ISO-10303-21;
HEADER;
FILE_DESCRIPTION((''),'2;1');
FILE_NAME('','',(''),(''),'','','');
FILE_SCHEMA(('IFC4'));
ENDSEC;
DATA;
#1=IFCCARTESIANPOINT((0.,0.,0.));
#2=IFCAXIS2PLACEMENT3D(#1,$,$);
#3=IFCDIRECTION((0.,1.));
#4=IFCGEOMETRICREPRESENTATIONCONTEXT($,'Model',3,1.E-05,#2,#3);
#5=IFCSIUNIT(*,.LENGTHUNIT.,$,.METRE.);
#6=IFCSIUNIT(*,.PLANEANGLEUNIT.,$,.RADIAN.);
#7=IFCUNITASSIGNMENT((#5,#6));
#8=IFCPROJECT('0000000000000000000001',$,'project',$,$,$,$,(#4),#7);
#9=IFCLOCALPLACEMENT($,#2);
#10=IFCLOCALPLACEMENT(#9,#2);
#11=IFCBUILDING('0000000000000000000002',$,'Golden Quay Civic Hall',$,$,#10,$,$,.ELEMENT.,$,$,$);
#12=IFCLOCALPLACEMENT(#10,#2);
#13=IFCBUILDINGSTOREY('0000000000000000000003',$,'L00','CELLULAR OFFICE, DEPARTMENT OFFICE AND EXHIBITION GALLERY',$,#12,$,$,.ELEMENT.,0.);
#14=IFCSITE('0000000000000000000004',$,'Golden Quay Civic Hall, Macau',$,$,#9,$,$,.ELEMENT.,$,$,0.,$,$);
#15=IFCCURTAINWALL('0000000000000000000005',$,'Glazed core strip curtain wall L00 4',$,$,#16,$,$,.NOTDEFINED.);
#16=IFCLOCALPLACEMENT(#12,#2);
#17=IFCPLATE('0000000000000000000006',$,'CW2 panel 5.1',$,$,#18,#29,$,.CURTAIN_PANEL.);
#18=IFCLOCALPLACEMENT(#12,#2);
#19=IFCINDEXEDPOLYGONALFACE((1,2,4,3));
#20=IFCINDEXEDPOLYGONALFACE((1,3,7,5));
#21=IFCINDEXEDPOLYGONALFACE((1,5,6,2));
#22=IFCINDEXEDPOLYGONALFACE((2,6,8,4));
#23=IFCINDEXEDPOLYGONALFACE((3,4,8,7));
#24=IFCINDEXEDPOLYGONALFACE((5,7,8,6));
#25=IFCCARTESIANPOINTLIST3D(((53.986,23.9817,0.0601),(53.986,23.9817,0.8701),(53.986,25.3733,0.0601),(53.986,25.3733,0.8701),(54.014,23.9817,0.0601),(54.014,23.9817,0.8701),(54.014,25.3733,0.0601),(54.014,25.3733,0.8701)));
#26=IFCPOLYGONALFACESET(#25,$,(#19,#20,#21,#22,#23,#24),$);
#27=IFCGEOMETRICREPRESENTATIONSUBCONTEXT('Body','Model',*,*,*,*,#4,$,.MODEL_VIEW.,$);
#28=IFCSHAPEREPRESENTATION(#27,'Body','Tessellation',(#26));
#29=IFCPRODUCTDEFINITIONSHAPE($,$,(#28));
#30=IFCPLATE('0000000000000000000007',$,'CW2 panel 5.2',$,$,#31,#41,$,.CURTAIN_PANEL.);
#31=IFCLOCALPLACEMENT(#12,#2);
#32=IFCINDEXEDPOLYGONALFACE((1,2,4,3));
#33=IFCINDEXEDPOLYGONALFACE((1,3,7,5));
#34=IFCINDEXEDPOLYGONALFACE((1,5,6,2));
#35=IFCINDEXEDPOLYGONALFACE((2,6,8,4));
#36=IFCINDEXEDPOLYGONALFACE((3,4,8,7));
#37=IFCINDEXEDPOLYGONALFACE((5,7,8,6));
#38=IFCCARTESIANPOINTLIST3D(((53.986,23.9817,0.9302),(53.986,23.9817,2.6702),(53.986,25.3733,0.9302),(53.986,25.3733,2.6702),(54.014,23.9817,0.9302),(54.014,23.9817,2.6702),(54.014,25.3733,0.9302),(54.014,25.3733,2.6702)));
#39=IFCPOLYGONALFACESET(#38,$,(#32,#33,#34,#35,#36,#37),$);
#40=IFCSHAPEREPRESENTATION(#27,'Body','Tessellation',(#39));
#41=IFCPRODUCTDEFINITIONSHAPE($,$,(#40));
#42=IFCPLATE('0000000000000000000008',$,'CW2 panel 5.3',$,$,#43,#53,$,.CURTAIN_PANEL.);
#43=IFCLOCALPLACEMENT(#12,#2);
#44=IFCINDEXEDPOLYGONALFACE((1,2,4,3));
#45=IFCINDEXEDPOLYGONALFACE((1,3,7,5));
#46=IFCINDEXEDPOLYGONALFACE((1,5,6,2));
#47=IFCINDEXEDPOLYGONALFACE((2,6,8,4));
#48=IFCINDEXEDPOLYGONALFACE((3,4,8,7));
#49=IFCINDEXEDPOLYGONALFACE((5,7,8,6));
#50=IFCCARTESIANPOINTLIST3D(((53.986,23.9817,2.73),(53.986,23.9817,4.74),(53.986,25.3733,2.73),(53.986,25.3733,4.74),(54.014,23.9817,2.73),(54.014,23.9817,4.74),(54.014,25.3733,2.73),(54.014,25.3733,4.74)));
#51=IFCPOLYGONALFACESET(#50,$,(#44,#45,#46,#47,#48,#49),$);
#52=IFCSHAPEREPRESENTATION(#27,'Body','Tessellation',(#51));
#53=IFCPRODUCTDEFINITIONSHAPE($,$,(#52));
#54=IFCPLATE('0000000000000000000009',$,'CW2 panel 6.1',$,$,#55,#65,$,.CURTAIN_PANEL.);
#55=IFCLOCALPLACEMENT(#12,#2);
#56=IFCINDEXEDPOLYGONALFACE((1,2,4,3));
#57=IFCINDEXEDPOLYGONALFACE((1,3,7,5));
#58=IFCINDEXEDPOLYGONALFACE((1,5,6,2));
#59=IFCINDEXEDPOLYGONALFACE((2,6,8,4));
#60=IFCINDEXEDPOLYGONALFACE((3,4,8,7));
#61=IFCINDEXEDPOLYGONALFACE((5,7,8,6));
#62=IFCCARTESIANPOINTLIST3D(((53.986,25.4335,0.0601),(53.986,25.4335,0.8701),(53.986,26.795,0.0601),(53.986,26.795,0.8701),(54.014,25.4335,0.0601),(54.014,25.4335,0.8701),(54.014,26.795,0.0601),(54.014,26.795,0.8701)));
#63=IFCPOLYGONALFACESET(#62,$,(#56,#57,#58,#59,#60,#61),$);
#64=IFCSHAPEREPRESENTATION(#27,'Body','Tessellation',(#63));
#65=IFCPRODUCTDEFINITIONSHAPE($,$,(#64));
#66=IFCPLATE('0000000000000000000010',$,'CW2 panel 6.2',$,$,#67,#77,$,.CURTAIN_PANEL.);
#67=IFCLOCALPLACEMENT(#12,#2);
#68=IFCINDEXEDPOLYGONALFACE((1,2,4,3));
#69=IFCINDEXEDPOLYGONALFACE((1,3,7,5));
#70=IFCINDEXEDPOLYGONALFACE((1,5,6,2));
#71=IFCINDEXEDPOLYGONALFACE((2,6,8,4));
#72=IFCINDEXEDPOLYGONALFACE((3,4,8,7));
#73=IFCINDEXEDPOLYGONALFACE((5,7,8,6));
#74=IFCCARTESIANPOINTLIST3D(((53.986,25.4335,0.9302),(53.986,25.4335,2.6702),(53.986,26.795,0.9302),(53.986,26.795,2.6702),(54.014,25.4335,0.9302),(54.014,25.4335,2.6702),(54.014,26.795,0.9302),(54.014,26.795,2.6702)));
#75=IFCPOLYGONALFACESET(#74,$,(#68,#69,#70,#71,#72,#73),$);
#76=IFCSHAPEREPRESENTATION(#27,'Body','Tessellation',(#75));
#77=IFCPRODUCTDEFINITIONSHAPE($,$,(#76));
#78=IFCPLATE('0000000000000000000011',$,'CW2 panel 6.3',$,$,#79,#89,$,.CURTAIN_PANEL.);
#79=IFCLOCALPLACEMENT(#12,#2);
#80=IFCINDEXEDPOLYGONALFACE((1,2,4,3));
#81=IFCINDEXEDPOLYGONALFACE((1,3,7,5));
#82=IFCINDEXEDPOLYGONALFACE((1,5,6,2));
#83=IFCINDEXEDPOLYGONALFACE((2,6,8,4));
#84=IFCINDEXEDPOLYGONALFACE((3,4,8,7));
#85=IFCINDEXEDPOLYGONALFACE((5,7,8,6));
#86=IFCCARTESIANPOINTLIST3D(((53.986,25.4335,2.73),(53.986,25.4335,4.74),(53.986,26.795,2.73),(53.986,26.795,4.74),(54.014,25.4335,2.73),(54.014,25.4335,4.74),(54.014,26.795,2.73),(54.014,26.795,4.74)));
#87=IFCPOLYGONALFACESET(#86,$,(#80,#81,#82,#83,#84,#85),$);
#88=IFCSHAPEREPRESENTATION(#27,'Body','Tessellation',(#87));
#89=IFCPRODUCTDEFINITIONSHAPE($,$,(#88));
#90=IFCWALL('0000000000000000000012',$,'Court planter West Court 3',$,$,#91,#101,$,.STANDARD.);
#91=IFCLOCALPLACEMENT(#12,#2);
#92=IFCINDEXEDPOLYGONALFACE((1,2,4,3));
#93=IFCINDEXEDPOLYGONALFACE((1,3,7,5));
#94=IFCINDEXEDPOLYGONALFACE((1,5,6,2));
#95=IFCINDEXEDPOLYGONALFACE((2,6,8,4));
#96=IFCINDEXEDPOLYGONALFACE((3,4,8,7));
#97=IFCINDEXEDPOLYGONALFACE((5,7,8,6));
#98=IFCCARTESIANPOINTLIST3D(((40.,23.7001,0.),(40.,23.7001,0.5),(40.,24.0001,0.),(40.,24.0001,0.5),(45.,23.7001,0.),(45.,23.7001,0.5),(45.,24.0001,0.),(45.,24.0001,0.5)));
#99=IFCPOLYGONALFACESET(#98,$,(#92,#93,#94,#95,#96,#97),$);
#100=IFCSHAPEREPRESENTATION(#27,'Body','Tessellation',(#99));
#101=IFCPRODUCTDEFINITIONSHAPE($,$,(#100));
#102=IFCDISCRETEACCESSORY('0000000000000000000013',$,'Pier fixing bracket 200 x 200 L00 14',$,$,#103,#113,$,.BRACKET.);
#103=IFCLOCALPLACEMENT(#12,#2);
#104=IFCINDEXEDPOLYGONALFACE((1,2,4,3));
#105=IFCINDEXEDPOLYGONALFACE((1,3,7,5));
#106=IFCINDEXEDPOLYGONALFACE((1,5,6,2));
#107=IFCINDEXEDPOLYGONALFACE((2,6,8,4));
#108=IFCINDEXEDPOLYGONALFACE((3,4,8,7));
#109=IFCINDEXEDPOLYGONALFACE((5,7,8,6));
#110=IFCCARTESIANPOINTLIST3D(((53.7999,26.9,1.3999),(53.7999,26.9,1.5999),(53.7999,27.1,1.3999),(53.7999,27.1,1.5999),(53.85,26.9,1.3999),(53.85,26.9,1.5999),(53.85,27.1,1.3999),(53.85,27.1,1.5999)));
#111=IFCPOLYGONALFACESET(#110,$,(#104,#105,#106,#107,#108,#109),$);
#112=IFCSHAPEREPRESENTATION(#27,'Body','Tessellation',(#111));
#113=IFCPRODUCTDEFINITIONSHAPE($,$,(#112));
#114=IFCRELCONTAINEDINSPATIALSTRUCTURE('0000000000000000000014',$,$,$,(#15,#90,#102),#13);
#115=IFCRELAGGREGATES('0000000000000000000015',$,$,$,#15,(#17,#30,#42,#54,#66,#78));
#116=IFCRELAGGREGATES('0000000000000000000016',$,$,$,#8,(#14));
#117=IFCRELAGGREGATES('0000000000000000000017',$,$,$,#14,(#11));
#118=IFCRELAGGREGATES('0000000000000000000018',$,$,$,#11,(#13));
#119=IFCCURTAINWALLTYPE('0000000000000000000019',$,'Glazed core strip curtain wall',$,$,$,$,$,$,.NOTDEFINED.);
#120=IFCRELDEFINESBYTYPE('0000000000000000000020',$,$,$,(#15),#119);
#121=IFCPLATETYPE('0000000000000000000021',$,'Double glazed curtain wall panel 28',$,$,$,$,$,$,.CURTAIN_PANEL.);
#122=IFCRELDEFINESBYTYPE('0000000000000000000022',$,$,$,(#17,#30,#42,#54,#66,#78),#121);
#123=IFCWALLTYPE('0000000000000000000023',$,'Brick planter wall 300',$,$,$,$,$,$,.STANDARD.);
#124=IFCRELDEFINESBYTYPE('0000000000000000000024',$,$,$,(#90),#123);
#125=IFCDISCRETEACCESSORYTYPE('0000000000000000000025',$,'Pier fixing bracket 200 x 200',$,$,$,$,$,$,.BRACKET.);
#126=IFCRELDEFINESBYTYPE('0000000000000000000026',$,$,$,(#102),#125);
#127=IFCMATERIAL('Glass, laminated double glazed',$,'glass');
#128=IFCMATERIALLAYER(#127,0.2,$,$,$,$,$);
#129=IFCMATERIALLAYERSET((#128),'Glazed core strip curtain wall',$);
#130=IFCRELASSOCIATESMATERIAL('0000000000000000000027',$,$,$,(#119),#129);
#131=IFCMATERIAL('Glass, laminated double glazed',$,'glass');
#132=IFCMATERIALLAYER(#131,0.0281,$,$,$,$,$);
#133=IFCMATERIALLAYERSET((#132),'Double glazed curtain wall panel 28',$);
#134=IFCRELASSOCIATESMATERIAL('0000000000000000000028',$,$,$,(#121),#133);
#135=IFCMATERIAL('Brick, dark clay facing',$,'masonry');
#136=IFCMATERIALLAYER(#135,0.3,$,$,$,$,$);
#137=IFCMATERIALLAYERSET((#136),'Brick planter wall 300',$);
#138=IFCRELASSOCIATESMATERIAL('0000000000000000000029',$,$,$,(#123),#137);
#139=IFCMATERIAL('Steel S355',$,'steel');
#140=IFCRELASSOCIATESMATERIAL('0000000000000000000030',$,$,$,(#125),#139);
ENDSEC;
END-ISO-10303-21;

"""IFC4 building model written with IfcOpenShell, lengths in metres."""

from ifc_helpers import new_model, si_unit, direction, frame, frame_2d, origin, origin_2d, place, context, subcontext, project, spatial, rectangle, extrude, material, layer, layer_set, type_object, element, aggregate, save


model = new_model("IFC4")

# Units and contexts
model_context = context("Model", 3, precision=1e-05, world=origin(), true_north=direction((0.0, 1.0)))
body_context = subcontext(model_context, "Body", "Model", "MODEL_VIEW")
ifc_project = project(units=[si_unit("LENGTHUNIT", "METRE"), si_unit("PLANEANGLEUNIT", "RADIAN")], contexts=[model_context])

# Site, building, storey
site_placement = place(None, origin())
site = spatial("IfcSite", under=ifc_project, at=site_placement, Name="Golden Quay Civic Hall, Macau", CompositionType="ELEMENT", RefElevation=0.0)
building_placement = place(site_placement, origin())
building = spatial("IfcBuilding", under=site, at=building_placement, Name="Golden Quay Civic Hall", CompositionType="ELEMENT")
storey_placement = place(building_placement, origin())
storey = spatial("IfcBuildingStorey", under=building, at=storey_placement, Name="L00", Description="CELLULAR OFFICE, DEPARTMENT OFFICE AND EXHIBITION GALLERY", CompositionType="ELEMENT", Elevation=0.0)

# Curtain wall
ifc_material_1 = material(Name="Glass, laminated double glazed", Category="glass")
ifc_layer_1 = layer(ifc_material_1, 0.2)
ifc_layer_set_1 = layer_set([ifc_layer_1], Name="Glazed core strip curtain wall")
curtain_wall_type = type_object("IfcCurtainWallType", Name="Glazed core strip curtain wall", PredefinedType="NOTDEFINED", material=ifc_layer_set_1)
curtain_wall_placement = place(storey_placement, origin())
curtain_wall = element("IfcCurtainWall", 1, at=curtain_wall_placement, inside=storey, type_object=curtain_wall_type, Name="Glazed core strip curtain wall L00 4", PredefinedType="NOTDEFINED")

# Plates
ifc_material_2 = material(Name="Glass, laminated double glazed", Category="glass")
ifc_layer_2 = layer(ifc_material_2, 0.0281)
ifc_layer_set_2 = layer_set([ifc_layer_2], Name="Double glazed curtain wall panel 28")
plate_type = type_object("IfcPlateType", Name="Double glazed curtain wall panel 28", PredefinedType="CURTAIN_PANEL", material=ifc_layer_set_2)
plate_1_placement = place(storey_placement, frame((54.0, 24.6775, 0.0601), z_axis=(0.0, 0.0, 1.0), x_axis=(0.0, 1.0, 0.0)))
plate_1 = element("IfcPlate", 2, at=plate_1_placement, type_object=plate_type, Name="CW2 panel 5.1", PredefinedType="CURTAIN_PANEL", context=body_context, shape_type="SweptSolid", body=[
    extrude(rectangle(XDim=1.3916, YDim=0.0281, at=origin_2d()), origin(), (0.0, 0.0, 1.0), 0.8101),
])
plate_2_placement = place(storey_placement, frame((54.0, 24.6775, 0.9302), z_axis=(0.0, 0.0, 1.0), x_axis=(0.0, 1.0, 0.0)))
plate_2 = element("IfcPlate", 3, at=plate_2_placement, type_object=plate_type, Name="CW2 panel 5.2", PredefinedType="CURTAIN_PANEL", context=body_context, shape_type="SweptSolid", body=[
    extrude(rectangle(XDim=1.3916, YDim=0.0281, at=origin_2d()), origin(), (0.0, 0.0, 1.0), 1.74),
])
plate_3_placement = place(storey_placement, frame((54.0, 24.6775, 2.73), z_axis=(0.0, 0.0, 1.0), x_axis=(0.0, 1.0, 0.0)))
plate_3 = element("IfcPlate", 4, at=plate_3_placement, type_object=plate_type, Name="CW2 panel 5.3", PredefinedType="CURTAIN_PANEL", context=body_context, shape_type="SweptSolid", body=[
    extrude(rectangle(XDim=1.3916, YDim=0.0281, at=origin_2d()), origin(), (0.0, 0.0, 1.0), 2.01),
])
plate_4_placement = place(storey_placement, frame((54.0, 26.1143, 0.0601), z_axis=(0.0, 0.0, 1.0), x_axis=(0.0, 1.0, 0.0)))
plate_4 = element("IfcPlate", 5, at=plate_4_placement, type_object=plate_type, Name="CW2 panel 6.1", PredefinedType="CURTAIN_PANEL", context=body_context, shape_type="SweptSolid", body=[
    extrude(rectangle(XDim=1.3616, YDim=0.0281, at=origin_2d()), origin(), (0.0, 0.0, 1.0), 0.8101),
])
plate_5_placement = place(storey_placement, frame((54.0, 26.1143, 0.9302), z_axis=(0.0, 0.0, 1.0), x_axis=(0.0, 1.0, 0.0)))
plate_5 = element("IfcPlate", 6, at=plate_5_placement, type_object=plate_type, Name="CW2 panel 6.2", PredefinedType="CURTAIN_PANEL", context=body_context, shape_type="SweptSolid", body=[
    extrude(rectangle(XDim=1.3616, YDim=0.0281, at=origin_2d()), origin(), (0.0, 0.0, 1.0), 1.74),
])
plate_6_placement = place(storey_placement, frame((54.0, 26.1143, 2.73), z_axis=(0.0, 0.0, 1.0), x_axis=(0.0, 1.0, 0.0)))
plate_6 = element("IfcPlate", 7, at=plate_6_placement, type_object=plate_type, Name="CW2 panel 6.3", PredefinedType="CURTAIN_PANEL", context=body_context, shape_type="SweptSolid", body=[
    extrude(rectangle(XDim=1.3616, YDim=0.0281, at=origin_2d()), origin(), (0.0, 0.0, 1.0), 2.01),
])
aggregate(curtain_wall, [plate_1, plate_2, plate_3, plate_4, plate_5, plate_6])

# Wall
ifc_material_3 = material(Name="Brick, dark clay facing", Category="masonry")
ifc_layer_3 = layer(ifc_material_3, 0.3)
ifc_layer_set_3 = layer_set([ifc_layer_3], Name="Brick planter wall 300")
wall_type = type_object("IfcWallType", Name="Brick planter wall 300", PredefinedType="STANDARD", material=ifc_layer_set_3)
wall_placement = place(storey_placement, frame((40.0, 23.8501, 0.0), z_axis=(0.0, 0.0, 1.0), x_axis=(1.0, 0.0, 0.0)))
element("IfcWall", 8, at=wall_placement, inside=storey, type_object=wall_type, Name="Court planter West Court 3", PredefinedType="STANDARD", context=body_context, shape_type="SweptSolid", body=[
    extrude(rectangle(XDim=5.0, YDim=0.3, at=frame_2d((2.5, 0.0))), origin(), (0.0, 0.0, 1.0), 0.5),
])

# Discrete accessory
ifc_material_4 = material(Name="Steel S355", Category="steel")
discrete_accessory_type = type_object("IfcDiscreteAccessoryType", Name="Pier fixing bracket 200 x 200", PredefinedType="BRACKET", material=ifc_material_4)
discrete_accessory_placement = place(storey_placement, frame((53.825, 27.0, 1.3999), z_axis=(0.0, 0.0, 1.0), x_axis=(0.0, -1.0, 0.0)))
element("IfcDiscreteAccessory", 9, at=discrete_accessory_placement, inside=storey, type_object=discrete_accessory_type, Name="Pier fixing bracket 200 x 200 L00 14", PredefinedType="BRACKET", context=body_context, shape_type="SweptSolid", body=[
    extrude(rectangle(XDim=0.2, YDim=0.05, at=origin_2d()), origin(), (0.0, 0.0, 1.0), 0.2),
])

save(model, "model.ifc")
